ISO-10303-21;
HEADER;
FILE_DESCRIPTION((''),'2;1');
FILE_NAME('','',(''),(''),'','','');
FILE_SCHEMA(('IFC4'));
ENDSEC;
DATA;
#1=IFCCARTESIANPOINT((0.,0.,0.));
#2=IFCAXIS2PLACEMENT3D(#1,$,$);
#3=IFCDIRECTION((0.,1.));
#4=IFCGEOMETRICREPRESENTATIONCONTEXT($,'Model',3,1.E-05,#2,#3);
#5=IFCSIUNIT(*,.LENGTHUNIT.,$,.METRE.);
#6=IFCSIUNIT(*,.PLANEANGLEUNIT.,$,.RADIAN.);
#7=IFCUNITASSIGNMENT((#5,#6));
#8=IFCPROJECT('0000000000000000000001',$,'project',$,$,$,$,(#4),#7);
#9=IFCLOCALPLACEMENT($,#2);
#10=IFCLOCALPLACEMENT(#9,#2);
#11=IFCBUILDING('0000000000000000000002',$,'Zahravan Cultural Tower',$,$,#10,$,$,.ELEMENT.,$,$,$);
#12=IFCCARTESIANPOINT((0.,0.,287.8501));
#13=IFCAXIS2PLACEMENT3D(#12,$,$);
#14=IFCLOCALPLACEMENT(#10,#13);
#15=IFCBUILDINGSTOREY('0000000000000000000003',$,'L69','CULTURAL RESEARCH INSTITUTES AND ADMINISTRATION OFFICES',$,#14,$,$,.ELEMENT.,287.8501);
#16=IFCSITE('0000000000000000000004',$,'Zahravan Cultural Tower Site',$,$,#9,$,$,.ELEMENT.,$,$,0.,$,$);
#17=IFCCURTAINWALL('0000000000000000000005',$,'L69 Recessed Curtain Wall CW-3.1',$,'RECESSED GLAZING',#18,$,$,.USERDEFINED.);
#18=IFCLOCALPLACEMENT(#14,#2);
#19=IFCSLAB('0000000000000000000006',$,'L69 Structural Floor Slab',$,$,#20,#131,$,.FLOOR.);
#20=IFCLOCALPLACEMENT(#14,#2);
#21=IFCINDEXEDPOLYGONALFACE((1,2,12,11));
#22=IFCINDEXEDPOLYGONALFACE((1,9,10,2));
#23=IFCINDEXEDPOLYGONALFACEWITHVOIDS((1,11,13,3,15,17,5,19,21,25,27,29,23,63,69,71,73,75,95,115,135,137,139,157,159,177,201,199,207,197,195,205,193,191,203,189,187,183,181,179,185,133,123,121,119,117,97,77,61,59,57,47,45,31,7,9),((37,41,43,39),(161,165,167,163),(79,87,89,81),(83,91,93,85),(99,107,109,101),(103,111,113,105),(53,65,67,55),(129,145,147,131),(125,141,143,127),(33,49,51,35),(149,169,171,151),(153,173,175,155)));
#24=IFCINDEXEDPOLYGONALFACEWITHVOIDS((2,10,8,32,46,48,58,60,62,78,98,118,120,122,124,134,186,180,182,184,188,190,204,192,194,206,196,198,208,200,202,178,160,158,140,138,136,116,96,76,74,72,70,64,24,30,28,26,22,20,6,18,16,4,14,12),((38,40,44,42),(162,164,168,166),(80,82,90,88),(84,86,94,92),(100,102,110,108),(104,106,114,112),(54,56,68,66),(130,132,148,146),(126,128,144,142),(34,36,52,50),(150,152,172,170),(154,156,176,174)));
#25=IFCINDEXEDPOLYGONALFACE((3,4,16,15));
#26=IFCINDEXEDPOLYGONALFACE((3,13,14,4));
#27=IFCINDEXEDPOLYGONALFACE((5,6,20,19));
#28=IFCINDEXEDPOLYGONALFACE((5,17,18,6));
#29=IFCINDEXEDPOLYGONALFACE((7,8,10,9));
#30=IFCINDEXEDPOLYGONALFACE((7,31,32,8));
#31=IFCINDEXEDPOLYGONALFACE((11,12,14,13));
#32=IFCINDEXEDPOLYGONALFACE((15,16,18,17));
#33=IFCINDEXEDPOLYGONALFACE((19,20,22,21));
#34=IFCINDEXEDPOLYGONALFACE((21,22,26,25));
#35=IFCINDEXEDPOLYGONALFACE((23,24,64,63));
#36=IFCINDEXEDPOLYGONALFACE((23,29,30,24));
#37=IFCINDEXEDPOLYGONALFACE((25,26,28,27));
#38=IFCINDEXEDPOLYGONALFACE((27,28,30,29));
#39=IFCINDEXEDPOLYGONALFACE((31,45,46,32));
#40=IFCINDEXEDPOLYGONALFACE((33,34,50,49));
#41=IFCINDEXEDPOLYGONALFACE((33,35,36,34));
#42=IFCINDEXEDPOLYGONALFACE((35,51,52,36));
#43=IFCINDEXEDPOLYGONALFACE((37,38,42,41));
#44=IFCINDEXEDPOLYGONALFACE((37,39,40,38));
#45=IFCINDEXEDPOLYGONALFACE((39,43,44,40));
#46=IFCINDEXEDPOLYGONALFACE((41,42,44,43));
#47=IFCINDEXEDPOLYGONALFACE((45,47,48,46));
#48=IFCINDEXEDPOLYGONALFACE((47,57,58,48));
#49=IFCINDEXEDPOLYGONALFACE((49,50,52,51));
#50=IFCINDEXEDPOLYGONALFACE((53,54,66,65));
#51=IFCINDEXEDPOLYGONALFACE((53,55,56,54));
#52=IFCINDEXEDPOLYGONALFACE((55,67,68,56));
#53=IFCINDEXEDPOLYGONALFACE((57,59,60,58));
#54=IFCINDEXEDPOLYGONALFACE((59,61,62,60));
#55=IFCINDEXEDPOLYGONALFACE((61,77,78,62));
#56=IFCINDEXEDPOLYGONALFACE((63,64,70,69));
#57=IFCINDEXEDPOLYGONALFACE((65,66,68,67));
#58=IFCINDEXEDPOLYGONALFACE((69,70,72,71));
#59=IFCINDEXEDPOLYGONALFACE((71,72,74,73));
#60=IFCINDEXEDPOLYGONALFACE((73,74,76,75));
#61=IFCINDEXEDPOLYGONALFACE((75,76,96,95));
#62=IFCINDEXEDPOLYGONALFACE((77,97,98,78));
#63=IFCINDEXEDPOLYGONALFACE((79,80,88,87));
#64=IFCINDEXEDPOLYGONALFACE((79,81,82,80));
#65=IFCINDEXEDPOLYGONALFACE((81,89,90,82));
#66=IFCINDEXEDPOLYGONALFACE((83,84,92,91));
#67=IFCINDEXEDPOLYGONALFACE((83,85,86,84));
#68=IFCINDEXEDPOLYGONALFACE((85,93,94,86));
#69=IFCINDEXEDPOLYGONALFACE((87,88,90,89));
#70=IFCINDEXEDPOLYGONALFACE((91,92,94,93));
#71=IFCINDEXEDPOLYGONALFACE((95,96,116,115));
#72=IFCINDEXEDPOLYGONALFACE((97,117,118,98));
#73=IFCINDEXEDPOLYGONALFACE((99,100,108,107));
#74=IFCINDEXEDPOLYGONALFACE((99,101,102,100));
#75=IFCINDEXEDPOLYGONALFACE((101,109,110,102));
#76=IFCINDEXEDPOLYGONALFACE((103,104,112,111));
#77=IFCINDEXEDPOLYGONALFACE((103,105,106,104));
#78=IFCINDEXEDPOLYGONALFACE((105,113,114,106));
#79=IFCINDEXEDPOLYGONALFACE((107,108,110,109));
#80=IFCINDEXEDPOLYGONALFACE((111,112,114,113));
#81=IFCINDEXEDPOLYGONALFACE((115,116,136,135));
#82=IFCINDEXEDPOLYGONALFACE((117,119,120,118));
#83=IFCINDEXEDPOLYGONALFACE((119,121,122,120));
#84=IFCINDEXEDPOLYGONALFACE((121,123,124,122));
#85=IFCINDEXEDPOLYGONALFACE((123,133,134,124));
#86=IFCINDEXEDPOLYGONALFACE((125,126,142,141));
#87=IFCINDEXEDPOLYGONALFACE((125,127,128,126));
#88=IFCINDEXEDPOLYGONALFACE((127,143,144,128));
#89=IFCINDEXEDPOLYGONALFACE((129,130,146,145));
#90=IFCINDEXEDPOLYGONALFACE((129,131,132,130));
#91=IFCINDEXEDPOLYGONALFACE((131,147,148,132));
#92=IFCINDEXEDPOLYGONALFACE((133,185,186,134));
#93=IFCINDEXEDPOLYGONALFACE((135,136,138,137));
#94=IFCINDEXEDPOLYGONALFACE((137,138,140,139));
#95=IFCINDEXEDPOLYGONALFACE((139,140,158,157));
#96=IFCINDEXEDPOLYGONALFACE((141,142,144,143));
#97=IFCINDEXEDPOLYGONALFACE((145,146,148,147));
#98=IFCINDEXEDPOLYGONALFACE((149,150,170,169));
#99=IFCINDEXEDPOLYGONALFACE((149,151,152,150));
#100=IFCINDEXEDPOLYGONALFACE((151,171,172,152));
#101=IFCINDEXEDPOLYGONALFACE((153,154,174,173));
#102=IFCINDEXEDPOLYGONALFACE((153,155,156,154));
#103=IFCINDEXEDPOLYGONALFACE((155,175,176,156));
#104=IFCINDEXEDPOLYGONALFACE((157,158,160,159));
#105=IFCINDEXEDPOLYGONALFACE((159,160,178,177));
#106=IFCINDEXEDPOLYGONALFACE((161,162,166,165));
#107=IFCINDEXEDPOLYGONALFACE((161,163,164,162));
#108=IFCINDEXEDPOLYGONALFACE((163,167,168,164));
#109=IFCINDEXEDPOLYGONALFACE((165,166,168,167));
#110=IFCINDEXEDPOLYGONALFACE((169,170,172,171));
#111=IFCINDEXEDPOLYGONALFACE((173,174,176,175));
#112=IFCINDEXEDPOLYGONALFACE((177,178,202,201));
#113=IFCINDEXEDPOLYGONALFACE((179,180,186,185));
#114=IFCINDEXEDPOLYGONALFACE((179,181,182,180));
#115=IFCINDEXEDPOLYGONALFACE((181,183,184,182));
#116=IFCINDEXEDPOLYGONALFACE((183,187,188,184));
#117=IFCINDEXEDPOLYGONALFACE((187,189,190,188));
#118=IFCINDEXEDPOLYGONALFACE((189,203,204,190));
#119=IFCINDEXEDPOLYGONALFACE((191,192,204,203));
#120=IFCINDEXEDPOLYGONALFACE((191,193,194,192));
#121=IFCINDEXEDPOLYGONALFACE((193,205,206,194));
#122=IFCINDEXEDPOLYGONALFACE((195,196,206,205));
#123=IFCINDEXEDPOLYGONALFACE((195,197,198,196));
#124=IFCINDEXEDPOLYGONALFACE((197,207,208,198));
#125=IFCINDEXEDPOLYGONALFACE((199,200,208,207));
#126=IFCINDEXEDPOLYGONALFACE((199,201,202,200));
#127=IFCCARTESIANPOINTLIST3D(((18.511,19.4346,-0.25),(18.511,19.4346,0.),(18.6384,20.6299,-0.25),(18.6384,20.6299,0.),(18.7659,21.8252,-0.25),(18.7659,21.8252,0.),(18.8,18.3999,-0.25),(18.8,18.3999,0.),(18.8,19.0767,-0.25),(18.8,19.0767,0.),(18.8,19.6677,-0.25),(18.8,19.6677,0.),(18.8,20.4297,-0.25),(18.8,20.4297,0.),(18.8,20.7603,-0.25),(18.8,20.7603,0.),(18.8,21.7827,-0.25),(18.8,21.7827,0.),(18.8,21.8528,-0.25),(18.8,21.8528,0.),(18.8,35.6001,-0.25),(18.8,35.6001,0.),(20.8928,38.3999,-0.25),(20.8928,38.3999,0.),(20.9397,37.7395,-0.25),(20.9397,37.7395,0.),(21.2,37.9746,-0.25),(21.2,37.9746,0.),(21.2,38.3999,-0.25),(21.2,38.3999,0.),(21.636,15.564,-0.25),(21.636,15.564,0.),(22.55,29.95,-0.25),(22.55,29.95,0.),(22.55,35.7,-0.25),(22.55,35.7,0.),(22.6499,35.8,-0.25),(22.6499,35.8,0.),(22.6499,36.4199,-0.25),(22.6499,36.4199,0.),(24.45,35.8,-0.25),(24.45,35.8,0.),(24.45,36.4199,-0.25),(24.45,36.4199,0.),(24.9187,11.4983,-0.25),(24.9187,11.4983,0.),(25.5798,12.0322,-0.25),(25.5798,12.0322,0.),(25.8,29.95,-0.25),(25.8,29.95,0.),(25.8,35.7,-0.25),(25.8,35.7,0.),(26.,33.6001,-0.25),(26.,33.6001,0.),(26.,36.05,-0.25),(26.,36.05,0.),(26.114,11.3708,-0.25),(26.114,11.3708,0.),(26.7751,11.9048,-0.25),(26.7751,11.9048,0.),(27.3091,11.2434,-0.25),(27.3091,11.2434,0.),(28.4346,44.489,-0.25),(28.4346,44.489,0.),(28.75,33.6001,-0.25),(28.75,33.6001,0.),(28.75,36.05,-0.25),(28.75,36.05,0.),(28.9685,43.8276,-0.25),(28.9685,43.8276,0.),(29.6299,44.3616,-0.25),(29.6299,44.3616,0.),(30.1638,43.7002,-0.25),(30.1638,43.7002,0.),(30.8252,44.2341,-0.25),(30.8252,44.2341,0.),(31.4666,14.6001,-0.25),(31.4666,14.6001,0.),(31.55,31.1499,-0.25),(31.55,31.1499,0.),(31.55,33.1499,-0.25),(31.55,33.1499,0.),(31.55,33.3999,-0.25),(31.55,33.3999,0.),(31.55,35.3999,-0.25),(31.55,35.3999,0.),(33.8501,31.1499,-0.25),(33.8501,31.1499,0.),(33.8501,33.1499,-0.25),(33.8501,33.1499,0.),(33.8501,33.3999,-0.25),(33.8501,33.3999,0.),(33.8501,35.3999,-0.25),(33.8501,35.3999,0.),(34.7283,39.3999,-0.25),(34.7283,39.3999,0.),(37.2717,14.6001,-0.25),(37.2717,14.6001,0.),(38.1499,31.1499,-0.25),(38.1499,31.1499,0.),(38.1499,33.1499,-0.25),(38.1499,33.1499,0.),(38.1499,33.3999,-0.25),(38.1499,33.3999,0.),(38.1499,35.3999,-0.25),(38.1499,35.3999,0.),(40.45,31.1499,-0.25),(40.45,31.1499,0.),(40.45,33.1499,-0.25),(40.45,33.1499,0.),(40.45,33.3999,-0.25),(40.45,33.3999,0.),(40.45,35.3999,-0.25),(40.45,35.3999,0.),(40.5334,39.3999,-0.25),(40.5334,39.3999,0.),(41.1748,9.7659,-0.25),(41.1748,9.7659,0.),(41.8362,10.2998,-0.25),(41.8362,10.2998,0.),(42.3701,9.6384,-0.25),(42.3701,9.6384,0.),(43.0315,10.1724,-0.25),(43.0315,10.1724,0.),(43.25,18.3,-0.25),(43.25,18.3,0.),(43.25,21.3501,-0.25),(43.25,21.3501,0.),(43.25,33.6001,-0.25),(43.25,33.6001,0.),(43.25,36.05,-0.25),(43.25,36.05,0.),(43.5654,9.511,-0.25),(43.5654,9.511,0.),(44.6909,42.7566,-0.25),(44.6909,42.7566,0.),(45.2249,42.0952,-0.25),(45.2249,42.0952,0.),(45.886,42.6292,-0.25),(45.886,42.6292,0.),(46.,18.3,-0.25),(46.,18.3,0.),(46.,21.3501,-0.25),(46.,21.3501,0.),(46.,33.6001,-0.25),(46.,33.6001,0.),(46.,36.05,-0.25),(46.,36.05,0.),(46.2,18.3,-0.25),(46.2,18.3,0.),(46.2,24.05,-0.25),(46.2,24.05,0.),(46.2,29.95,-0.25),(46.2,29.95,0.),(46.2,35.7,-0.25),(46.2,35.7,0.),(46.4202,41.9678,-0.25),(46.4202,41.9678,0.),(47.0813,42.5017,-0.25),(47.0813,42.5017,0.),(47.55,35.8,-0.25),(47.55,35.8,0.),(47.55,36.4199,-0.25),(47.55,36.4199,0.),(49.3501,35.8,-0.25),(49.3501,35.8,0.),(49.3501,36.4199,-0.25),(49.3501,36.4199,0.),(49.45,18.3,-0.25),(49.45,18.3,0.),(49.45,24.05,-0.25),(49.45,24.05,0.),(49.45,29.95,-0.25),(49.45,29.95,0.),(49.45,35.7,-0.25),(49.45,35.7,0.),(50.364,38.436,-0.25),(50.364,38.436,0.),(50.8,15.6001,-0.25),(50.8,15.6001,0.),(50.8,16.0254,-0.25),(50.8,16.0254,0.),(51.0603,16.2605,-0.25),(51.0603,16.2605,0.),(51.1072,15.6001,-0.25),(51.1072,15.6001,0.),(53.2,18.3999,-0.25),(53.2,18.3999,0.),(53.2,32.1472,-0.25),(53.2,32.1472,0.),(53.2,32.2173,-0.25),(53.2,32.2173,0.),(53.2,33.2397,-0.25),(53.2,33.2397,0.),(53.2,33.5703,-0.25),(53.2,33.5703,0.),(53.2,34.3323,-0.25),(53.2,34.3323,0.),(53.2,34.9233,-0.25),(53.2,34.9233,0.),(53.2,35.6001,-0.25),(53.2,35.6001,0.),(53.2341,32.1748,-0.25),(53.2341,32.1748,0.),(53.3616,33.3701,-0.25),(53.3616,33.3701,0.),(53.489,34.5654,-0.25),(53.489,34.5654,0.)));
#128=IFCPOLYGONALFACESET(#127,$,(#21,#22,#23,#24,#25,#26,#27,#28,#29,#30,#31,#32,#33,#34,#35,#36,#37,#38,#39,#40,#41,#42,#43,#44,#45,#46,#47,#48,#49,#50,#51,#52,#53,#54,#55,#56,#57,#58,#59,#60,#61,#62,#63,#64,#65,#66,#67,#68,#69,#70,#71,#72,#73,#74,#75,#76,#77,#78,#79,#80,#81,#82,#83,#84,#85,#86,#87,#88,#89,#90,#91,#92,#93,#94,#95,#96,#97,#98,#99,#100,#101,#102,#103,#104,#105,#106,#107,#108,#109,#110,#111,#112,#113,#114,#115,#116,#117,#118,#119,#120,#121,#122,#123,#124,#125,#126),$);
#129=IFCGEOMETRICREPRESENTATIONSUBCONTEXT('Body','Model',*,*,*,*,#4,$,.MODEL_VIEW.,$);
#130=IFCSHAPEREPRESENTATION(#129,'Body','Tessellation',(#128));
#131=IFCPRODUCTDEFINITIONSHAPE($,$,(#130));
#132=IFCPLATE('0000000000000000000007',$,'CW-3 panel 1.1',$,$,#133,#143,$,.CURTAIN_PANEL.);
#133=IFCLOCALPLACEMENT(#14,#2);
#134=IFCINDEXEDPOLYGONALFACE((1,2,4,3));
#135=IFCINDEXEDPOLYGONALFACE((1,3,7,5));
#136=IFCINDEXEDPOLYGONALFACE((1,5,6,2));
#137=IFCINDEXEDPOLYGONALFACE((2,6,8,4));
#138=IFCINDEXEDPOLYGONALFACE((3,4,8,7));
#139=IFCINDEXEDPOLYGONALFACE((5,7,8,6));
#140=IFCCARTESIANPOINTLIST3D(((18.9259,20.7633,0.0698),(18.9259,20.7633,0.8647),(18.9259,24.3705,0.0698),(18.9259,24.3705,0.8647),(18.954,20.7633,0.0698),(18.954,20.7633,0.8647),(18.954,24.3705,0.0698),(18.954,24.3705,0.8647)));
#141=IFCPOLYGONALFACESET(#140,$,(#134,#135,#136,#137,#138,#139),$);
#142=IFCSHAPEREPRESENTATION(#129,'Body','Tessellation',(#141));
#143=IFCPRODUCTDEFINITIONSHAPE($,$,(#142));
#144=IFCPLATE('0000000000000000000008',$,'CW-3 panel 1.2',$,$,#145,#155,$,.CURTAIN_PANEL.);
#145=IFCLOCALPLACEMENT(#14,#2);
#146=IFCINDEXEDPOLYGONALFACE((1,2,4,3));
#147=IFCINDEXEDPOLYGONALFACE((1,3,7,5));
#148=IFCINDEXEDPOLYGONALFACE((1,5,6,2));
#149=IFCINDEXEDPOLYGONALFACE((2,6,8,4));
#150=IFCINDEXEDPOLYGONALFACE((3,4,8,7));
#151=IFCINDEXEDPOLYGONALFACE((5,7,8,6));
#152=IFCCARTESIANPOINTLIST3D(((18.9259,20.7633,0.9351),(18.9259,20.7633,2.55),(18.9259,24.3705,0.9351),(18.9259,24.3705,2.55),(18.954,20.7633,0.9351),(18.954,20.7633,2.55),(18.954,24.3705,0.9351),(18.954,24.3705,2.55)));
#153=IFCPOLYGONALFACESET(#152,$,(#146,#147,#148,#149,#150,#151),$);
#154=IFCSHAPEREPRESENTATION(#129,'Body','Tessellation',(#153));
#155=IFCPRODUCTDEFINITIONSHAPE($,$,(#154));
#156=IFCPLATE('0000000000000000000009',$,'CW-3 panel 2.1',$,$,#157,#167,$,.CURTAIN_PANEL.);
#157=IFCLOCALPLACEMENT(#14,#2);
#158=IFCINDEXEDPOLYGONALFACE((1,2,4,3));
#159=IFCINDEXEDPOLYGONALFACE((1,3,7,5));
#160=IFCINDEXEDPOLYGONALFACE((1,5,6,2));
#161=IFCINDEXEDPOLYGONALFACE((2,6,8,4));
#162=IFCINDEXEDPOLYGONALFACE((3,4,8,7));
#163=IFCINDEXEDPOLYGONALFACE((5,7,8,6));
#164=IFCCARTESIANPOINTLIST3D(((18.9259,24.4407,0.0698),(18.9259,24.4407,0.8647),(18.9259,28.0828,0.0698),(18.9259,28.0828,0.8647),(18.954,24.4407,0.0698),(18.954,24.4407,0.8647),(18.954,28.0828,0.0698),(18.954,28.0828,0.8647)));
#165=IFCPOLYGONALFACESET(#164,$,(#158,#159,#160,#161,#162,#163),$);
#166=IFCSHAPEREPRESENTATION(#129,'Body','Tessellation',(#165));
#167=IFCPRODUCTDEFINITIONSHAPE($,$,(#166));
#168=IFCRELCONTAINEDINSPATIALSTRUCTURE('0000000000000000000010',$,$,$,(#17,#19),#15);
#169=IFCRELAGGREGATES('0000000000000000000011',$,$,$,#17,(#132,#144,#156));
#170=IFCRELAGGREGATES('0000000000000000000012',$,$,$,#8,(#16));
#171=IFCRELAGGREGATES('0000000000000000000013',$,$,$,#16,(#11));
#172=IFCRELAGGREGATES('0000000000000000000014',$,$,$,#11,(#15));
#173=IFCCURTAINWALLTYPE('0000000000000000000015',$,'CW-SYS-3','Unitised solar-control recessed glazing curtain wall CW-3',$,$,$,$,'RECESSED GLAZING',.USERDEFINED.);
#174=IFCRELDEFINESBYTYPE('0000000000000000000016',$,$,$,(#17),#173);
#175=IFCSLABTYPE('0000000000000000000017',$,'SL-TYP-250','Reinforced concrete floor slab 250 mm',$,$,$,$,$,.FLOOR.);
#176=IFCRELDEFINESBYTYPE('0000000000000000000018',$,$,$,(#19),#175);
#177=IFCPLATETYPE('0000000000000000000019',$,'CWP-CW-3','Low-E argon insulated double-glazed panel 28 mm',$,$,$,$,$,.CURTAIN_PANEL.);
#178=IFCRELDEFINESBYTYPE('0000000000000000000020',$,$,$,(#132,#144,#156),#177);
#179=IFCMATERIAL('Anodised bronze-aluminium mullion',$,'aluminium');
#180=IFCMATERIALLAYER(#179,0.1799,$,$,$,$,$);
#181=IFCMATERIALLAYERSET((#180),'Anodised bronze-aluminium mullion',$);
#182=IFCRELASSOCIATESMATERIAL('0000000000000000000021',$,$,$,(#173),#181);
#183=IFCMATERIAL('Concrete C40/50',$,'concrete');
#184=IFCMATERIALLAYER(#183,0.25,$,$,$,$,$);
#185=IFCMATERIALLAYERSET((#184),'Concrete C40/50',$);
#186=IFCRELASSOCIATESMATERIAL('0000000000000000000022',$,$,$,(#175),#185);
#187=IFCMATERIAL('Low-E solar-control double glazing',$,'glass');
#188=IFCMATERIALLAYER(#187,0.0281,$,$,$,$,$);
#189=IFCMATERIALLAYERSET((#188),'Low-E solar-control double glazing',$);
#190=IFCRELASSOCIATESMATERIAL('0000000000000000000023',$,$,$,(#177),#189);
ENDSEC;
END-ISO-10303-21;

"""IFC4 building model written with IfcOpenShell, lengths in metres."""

from ifc_helpers import new_model, si_unit, direction, frame, origin, origin_2d, place, context, subcontext, project, spatial, polyline, rectangle, outline, extrude, source, transform, mapped, material, layer, layer_set, type_object, element, aggregate, save


model = new_model("IFC4")

# Units and contexts
model_context = context("Model", 3, precision=1e-05, world=origin(), true_north=direction((0.0, 1.0)))
body_context = subcontext(model_context, "Body", "Model", "MODEL_VIEW")
ifc_project = project(units=[si_unit("LENGTHUNIT", "METRE"), si_unit("PLANEANGLEUNIT", "RADIAN")], contexts=[model_context])

# Site, building, storey
site_placement = place(None, origin())
site = spatial("IfcSite", under=ifc_project, at=site_placement, Name="Zahravan Cultural Tower Site", CompositionType="ELEMENT", RefElevation=0.0)
building_placement = place(site_placement, origin())
building = spatial("IfcBuilding", under=site, at=building_placement, Name="Zahravan Cultural Tower", CompositionType="ELEMENT")
storey_placement = place(building_placement, frame((0.0, 0.0, 287.8501)))
storey = spatial("IfcBuildingStorey", under=building, at=storey_placement, Name="L69", Description="CULTURAL RESEARCH INSTITUTES AND ADMINISTRATION OFFICES", CompositionType="ELEMENT", Elevation=287.8501)

# Curtain wall
ifc_material_1 = material(Name="Anodised bronze-aluminium mullion", Category="aluminium")
ifc_layer_1 = layer(ifc_material_1, 0.1799)
ifc_layer_set_1 = layer_set([ifc_layer_1], Name="Anodised bronze-aluminium mullion")
curtain_wall_type = type_object("IfcCurtainWallType", Name="CW-SYS-3", Description="Unitised solar-control recessed glazing curtain wall CW-3", ElementType="RECESSED GLAZING", PredefinedType="USERDEFINED", material=ifc_layer_set_1)
curtain_wall_placement = place(storey_placement, origin())
curtain_wall = element("IfcCurtainWall", 1, at=curtain_wall_placement, inside=storey, type_object=curtain_wall_type, Name="L69 Recessed Curtain Wall CW-3.1", ObjectType="RECESSED GLAZING", PredefinedType="USERDEFINED")

# Slab
ifc_material_2 = material(Name="Concrete C40/50", Category="concrete")
ifc_layer_2 = layer(ifc_material_2, 0.25)
ifc_layer_set_2 = layer_set([ifc_layer_2], Name="Concrete C40/50")
slab_type_1 = type_object("IfcSlabType", Name="SL-TYP-250", Description="Reinforced concrete floor slab 250 mm", PredefinedType="FLOOR", material=ifc_layer_set_2)
slab_1_placement = place(storey_placement, frame((0.0, 0.0, -0.25)))
element("IfcSlab", 2, at=slab_1_placement, inside=storey, type_object=slab_type_1, Name="L69 Structural Floor Slab", PredefinedType="FLOOR", context=body_context, shape_type="SweptSolid", body=[
    extrude(outline(polyline([(20.8928, 38.3999), (21.2, 38.3999), (21.2, 37.9746), (20.9397, 37.7395), (18.8, 35.6001), (18.8, 21.8528), (18.7659, 21.8252), (18.8, 21.7827), (18.8, 20.7603), (18.6384, 20.6299), (18.8, 20.4297), (18.8, 19.6677), (18.511, 19.4346), (18.8, 19.0767), (18.8, 18.3999), (21.636, 15.564), (24.9187, 11.4983), (25.5798, 12.0322), (26.114, 11.3708), (26.7751, 11.9048), (27.3091, 11.2434), (31.4666, 14.6001), (37.2717, 14.6001), (41.1748, 9.7659), (41.8362, 10.2998), (42.3701, 9.6384), (43.0315, 10.1724), (43.5654, 9.511), (51.1072, 15.6001), (50.8, 15.6001), (50.8, 16.0254), (51.0603, 16.2605), (53.2, 18.3999), (53.2, 32.1472), (53.2341, 32.1748), (53.2, 32.2173), (53.2, 33.2397), (53.3616, 33.3701), (53.2, 33.5703), (53.2, 34.3323), (53.489, 34.5654), (53.2, 34.9233), (53.2, 35.6001), (50.364, 38.436), (47.0813, 42.5017), (46.4202, 41.9678), (45.886, 42.6292), (45.2249, 42.0952), (44.6909, 42.7566), (40.5334, 39.3999), (34.7283, 39.3999), (30.8252, 44.2341), (30.1638, 43.7002), (29.6299, 44.3616), (28.9685, 43.8276), (28.4346, 44.489), (20.8928, 38.3999)]), holes=[polyline([(22.55, 29.95), (22.55, 35.7), (25.8, 35.7), (25.8, 29.95), (22.55, 29.95)]), polyline([(46.2, 29.95), (46.2, 35.7), (49.45, 35.7), (49.45, 29.95), (46.2, 29.95)]), polyline([(46.2, 18.3), (46.2, 24.05), (49.45, 24.05), (49.45, 18.3), (46.2, 18.3)]), polyline([(26.0, 33.6001), (26.0, 36.05), (28.75, 36.05), (28.75, 33.6001), (26.0, 33.6001)]), polyline([(43.25, 33.6001), (43.25, 36.05), (46.0, 36.05), (46.0, 33.6001), (43.25, 33.6001)]), polyline([(43.25, 18.3), (43.25, 21.3501), (46.0, 21.3501), (46.0, 18.3), (43.25, 18.3)]), polyline([(31.55, 33.3999), (31.55, 35.3999), (33.8501, 35.3999), (33.8501, 33.3999), (31.55, 33.3999)]), polyline([(31.55, 31.1499), (31.55, 33.1499), (33.8501, 33.1499), (33.8501, 31.1499), (31.55, 31.1499)]), polyline([(38.1499, 33.3999), (38.1499, 35.3999), (40.45, 35.3999), (40.45, 33.3999), (38.1499, 33.3999)]), polyline([(38.1499, 31.1499), (38.1499, 33.1499), (40.45, 33.1499), (40.45, 31.1499), (38.1499, 31.1499)]), polyline([(22.6499, 35.8), (22.6499, 36.4199), (24.45, 36.4199), (24.45, 35.8), (22.6499, 35.8)]), polyline([(47.55, 35.8), (47.55, 36.4199), (49.3501, 36.4199), (49.3501, 35.8), (47.55, 35.8)])]), origin(), (0.0, 0.0, 1.0), 0.25),
])

# Plates
ifc_material_3 = material(Name="Low-E solar-control double glazing", Category="glass")
ifc_layer_3 = layer(ifc_material_3, 0.0281)
ifc_layer_set_3 = layer_set([ifc_layer_3], Name="Low-E solar-control double glazing")
plate_type = type_object("IfcPlateType", Name="CWP-CW-3", Description="Low-E argon insulated double-glazed panel 28 mm", PredefinedType="CURTAIN_PANEL", material=ifc_layer_set_3)
shared_shape_1 = source(origin(), body_context, "Body", "SweptSolid", [
    extrude(rectangle(XDim=3.6072, YDim=0.0281, at=origin_2d()), origin(), (0.0, 0.0, 1.0), 0.7949),
])
plate_1_placement = place(storey_placement, frame((18.9399, 22.5669, 0.0698), z_axis=(0.0, 0.0, 1.0), x_axis=(0.0, 1.0, 0.0)))
plate_1 = element("IfcPlate", 3, at=plate_1_placement, type_object=plate_type, Name="CW-3 panel 1.1", PredefinedType="CURTAIN_PANEL", context=body_context, shape_type="MappedRepresentation", body=[
    mapped(shared_shape_1, transform((0.0, 0.0, 0.0), x_axis=(1.0, 0.0, 0.0), y_axis=(0.0, 1.0, 0.0), z_axis=(0.0, 0.0, 1.0), scale=1.0)),
])
shared_shape_2 = source(origin(), body_context, "Body", "SweptSolid", [
    extrude(rectangle(XDim=3.6072, YDim=0.0281, at=origin_2d()), origin(), (0.0, 0.0, 1.0), 1.615),
])
plate_2_placement = place(storey_placement, frame((18.9399, 22.5669, 0.9351), z_axis=(0.0, 0.0, 1.0), x_axis=(0.0, 1.0, 0.0)))
plate_2 = element("IfcPlate", 4, at=plate_2_placement, type_object=plate_type, Name="CW-3 panel 1.2", PredefinedType="CURTAIN_PANEL", context=body_context, shape_type="MappedRepresentation", body=[
    mapped(shared_shape_2, transform((0.0, 0.0, 0.0), x_axis=(1.0, 0.0, 0.0), y_axis=(0.0, 1.0, 0.0), z_axis=(0.0, 0.0, 1.0), scale=1.0)),
])
shared_shape_3 = source(origin(), body_context, "Body", "SweptSolid", [
    extrude(rectangle(XDim=3.6421, YDim=0.0281, at=origin_2d()), origin(), (0.0, 0.0, 1.0), 0.7949),
])
plate_3_placement = place(storey_placement, frame((18.9399, 26.2617, 0.0698), z_axis=(0.0, 0.0, 1.0), x_axis=(0.0, 1.0, 0.0)))
plate_3 = element("IfcPlate", 5, at=plate_3_placement, type_object=plate_type, Name="CW-3 panel 2.1", PredefinedType="CURTAIN_PANEL", context=body_context, shape_type="MappedRepresentation", body=[
    mapped(shared_shape_3, transform((0.0, 0.0, 0.0), x_axis=(1.0, 0.0, 0.0), y_axis=(0.0, 1.0, 0.0), z_axis=(0.0, 0.0, 1.0), scale=1.0)),
])
aggregate(curtain_wall, [plate_1, plate_2, plate_3])

save(model, "model.ifc")
